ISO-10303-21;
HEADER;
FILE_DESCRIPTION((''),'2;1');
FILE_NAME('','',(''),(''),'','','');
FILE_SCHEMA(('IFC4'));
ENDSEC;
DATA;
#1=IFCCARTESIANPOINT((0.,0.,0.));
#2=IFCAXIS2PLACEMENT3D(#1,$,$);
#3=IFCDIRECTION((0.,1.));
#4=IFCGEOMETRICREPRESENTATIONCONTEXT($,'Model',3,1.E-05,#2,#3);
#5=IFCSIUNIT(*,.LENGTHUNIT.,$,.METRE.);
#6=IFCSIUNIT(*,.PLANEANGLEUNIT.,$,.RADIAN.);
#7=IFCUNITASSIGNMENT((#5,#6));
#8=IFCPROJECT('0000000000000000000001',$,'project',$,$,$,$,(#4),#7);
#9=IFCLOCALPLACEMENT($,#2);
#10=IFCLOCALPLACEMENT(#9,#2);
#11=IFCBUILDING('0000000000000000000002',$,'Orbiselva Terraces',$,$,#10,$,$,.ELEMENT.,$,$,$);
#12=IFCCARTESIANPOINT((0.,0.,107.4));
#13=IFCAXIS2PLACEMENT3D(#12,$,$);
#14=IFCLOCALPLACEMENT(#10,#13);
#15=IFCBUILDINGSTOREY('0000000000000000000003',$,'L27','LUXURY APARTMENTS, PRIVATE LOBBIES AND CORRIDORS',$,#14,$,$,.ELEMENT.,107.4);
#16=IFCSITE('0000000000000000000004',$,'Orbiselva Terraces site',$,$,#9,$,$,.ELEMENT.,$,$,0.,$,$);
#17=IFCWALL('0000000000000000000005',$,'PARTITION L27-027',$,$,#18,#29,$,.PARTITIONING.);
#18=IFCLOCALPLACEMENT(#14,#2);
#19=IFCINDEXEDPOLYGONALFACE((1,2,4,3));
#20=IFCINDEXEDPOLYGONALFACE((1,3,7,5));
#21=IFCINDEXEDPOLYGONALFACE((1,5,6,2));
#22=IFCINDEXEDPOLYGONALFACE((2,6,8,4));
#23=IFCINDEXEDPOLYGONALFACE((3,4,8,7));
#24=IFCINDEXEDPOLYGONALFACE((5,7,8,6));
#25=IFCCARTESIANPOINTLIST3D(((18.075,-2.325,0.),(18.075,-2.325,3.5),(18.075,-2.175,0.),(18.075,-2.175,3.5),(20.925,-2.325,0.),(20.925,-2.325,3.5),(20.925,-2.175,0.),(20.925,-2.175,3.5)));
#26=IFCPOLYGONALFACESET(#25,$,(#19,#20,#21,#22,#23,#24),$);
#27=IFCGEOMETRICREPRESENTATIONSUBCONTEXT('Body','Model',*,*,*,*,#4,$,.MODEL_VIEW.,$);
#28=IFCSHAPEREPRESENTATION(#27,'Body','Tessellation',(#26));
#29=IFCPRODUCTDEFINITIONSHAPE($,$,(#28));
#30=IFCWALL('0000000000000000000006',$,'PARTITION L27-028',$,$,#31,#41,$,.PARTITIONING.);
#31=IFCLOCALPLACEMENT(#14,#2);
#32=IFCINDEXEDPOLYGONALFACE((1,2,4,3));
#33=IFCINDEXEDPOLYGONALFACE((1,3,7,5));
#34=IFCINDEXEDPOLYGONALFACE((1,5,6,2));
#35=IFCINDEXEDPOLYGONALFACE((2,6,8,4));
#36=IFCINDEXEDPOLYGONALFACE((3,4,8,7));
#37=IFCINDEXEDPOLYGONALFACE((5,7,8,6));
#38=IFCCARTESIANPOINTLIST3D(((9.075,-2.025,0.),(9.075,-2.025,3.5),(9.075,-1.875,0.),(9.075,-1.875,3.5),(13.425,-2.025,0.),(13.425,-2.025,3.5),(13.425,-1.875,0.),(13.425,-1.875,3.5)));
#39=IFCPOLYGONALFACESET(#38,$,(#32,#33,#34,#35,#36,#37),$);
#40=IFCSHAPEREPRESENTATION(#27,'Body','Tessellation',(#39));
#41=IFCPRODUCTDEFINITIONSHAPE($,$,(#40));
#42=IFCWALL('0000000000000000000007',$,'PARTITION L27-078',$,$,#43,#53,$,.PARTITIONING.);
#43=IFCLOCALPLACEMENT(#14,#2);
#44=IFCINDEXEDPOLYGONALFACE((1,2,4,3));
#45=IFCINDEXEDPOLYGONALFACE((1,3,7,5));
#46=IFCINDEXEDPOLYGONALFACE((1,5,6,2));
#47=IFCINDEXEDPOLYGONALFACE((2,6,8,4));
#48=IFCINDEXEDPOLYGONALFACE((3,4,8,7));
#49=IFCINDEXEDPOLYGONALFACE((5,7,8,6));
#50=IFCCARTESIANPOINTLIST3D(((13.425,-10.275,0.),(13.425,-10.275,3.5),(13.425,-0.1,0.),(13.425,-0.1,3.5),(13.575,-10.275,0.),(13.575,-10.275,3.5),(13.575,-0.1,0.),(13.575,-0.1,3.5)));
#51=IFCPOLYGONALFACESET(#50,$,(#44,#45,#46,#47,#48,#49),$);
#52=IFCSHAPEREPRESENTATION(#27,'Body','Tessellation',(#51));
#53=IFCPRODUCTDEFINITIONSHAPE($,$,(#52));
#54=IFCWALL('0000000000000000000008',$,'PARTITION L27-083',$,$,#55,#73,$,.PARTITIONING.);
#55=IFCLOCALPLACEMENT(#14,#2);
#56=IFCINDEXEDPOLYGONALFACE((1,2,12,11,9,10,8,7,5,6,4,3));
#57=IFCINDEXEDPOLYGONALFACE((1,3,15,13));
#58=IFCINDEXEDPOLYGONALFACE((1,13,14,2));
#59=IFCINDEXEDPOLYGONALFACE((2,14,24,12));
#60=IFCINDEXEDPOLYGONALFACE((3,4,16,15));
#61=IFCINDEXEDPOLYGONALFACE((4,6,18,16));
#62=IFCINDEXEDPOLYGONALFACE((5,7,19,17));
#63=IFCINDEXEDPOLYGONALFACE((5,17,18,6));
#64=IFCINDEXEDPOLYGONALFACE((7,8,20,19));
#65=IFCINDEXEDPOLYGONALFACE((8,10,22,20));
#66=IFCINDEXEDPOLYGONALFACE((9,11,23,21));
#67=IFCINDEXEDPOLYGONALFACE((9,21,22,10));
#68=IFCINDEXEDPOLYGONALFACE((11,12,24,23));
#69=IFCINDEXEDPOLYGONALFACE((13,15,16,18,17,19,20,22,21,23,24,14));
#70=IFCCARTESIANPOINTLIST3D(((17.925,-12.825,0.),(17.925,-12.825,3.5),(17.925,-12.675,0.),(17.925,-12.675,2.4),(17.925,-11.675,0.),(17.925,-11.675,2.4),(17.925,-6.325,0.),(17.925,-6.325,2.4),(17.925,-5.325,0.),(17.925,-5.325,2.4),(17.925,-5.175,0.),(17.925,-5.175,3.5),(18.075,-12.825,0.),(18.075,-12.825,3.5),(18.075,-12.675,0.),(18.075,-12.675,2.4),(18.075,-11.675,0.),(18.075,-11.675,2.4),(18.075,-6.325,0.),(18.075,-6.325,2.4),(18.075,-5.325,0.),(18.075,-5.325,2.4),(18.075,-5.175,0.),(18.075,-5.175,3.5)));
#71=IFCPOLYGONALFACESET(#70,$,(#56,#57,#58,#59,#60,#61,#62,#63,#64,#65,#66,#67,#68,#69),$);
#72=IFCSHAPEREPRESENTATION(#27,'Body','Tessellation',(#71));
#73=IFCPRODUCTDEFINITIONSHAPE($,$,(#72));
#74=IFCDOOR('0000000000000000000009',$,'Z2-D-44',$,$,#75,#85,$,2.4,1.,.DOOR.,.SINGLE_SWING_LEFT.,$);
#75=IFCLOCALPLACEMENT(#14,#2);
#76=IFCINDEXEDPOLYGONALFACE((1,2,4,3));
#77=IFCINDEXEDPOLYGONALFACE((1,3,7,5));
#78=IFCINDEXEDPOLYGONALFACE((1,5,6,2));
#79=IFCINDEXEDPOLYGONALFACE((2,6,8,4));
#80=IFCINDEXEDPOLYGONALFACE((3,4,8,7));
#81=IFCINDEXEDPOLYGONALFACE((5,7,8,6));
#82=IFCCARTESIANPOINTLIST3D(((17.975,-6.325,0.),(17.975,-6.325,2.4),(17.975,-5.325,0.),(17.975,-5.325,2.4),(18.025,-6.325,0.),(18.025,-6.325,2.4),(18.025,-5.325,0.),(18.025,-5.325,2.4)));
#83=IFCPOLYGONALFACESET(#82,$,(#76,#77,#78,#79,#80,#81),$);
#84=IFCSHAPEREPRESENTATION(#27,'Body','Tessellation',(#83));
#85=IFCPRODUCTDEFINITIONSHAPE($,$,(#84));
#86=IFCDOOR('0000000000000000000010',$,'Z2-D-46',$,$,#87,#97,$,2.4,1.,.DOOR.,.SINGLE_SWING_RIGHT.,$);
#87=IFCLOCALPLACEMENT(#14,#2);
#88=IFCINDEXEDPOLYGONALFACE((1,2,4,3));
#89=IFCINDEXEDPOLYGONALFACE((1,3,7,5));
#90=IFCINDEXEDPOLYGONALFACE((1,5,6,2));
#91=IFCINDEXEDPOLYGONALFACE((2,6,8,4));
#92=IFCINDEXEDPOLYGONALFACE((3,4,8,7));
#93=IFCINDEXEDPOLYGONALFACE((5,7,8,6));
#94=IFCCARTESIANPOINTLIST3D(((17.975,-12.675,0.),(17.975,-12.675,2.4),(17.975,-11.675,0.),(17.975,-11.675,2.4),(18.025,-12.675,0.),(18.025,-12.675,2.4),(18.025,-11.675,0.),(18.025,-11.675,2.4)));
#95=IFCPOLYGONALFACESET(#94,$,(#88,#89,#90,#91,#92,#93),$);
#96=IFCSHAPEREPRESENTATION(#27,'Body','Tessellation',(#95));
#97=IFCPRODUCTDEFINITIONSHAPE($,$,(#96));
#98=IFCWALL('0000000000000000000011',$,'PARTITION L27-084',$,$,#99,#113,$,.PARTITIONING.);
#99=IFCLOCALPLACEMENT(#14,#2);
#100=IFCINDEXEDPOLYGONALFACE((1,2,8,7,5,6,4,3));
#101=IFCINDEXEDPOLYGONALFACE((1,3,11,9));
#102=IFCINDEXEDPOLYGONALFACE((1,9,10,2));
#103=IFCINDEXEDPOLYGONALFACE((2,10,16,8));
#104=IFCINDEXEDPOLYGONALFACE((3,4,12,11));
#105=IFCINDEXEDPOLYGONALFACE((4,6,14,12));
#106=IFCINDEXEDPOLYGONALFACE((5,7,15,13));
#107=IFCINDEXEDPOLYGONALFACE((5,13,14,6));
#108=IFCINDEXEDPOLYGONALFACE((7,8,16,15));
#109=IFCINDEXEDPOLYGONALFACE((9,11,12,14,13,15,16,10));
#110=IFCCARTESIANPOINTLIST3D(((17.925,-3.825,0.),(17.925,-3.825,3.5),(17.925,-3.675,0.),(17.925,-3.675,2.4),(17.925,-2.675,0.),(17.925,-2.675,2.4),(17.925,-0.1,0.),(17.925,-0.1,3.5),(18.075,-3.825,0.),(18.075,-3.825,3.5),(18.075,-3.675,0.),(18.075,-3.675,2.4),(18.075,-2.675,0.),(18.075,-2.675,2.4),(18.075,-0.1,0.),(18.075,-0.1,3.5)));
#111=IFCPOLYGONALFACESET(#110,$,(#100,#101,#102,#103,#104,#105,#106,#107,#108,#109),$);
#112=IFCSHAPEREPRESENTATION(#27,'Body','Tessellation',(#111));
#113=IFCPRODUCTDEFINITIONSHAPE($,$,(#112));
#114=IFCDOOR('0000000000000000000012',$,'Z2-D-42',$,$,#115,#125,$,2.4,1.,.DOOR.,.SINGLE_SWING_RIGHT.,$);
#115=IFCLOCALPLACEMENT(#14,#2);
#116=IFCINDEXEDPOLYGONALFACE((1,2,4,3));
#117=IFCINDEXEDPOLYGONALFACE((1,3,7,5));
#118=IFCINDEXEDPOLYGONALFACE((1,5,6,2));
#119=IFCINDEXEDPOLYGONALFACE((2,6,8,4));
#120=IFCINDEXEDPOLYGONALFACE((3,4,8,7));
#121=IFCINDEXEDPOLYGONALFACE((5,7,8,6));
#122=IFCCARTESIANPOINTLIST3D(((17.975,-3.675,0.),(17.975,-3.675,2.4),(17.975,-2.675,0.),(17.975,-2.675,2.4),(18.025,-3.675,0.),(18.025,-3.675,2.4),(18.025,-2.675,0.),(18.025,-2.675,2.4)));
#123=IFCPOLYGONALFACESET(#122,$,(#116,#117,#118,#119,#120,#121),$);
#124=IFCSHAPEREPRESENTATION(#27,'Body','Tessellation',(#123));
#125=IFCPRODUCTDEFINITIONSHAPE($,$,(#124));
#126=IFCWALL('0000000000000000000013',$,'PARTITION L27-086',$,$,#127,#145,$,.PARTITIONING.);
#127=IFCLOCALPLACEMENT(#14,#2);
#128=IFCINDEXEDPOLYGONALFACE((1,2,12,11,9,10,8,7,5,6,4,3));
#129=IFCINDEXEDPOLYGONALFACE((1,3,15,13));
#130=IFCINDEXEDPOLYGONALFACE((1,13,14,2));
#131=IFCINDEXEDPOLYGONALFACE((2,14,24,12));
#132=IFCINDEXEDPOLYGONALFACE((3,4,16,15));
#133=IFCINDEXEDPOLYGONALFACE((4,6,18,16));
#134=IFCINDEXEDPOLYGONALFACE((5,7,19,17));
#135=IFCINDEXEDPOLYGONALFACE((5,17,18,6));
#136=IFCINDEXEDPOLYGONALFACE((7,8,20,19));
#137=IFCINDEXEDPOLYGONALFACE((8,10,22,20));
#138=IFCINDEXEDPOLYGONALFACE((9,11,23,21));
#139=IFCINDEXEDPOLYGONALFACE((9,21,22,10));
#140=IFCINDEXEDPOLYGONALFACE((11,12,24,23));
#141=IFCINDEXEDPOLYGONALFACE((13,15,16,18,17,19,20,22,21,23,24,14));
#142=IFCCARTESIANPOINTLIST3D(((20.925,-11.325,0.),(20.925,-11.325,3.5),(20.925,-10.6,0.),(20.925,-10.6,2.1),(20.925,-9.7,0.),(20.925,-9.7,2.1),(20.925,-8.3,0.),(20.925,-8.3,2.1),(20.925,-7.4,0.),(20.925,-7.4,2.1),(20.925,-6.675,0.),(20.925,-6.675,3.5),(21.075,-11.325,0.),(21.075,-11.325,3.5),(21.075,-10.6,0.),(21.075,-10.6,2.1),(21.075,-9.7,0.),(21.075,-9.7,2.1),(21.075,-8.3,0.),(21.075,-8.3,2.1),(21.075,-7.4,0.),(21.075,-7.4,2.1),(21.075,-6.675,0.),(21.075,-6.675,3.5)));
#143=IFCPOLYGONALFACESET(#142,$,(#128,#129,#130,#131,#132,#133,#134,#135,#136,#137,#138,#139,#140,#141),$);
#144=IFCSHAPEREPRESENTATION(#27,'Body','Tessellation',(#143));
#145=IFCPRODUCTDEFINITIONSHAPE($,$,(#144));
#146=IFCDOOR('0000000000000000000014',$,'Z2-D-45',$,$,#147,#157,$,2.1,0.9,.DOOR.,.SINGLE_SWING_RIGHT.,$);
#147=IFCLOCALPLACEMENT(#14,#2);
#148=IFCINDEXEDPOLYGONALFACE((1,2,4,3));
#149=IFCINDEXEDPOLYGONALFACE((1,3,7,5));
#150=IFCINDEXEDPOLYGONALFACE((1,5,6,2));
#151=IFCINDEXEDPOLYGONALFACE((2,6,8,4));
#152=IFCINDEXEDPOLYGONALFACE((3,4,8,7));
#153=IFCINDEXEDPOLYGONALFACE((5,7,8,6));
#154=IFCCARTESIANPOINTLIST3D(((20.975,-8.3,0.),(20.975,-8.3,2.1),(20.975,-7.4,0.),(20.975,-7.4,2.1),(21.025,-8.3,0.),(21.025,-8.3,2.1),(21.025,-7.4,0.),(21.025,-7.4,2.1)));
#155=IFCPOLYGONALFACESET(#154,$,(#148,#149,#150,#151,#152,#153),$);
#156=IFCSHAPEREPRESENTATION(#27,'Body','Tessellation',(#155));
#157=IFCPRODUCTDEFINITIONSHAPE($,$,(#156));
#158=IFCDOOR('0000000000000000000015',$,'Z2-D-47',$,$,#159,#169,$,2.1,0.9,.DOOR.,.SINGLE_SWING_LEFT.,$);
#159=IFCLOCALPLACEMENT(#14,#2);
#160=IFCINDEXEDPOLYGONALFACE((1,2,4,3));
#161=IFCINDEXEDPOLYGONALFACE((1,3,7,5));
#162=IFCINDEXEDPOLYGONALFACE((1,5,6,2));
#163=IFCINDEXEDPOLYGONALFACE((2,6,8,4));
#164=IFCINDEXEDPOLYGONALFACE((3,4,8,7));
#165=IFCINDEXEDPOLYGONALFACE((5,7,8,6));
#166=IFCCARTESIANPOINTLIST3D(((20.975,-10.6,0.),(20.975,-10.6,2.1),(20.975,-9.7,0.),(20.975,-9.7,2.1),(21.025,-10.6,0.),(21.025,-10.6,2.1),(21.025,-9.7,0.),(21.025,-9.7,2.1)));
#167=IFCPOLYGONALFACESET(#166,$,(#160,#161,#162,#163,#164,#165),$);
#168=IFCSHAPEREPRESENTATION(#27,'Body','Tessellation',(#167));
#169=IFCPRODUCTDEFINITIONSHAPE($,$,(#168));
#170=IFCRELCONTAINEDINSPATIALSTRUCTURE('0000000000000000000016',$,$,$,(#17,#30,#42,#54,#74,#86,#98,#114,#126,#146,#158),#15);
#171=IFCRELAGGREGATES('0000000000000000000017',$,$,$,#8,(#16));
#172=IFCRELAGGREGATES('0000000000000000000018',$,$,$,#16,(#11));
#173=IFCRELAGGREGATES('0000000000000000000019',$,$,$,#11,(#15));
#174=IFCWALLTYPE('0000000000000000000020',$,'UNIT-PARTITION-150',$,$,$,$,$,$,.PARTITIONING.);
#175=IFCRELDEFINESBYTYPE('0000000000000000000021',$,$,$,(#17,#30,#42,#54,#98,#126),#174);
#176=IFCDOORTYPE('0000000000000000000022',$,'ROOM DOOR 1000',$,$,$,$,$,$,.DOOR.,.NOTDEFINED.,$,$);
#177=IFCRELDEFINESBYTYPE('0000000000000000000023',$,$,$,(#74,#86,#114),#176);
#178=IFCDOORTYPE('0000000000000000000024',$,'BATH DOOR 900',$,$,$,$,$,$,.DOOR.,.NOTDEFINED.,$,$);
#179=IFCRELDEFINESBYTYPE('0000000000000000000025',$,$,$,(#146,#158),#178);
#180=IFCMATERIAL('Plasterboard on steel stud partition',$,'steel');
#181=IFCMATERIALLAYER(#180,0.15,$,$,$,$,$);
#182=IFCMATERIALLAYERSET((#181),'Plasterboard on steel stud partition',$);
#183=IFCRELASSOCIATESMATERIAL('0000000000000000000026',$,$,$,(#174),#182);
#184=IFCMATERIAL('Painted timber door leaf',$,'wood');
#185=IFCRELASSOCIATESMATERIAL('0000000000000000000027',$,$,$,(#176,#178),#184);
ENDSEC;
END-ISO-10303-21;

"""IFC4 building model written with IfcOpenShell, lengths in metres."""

from ifc_helpers import new_model, si_unit, direction, frame, frame_2d, origin, place, context, subcontext, project, spatial, rectangle, extrude, material, layer, layer_set, type_object, element, fill, save


model = new_model("IFC4")

# Units and contexts
model_context = context("Model", 3, precision=1e-05, world=origin(), true_north=direction((0.0, 1.0)))
body_context = subcontext(model_context, "Body", "Model", "MODEL_VIEW")
ifc_project = project(units=[si_unit("LENGTHUNIT", "METRE"), si_unit("PLANEANGLEUNIT", "RADIAN")], contexts=[model_context])

# Site, building, storey
site_placement = place(None, origin())
site = spatial("IfcSite", under=ifc_project, at=site_placement, Name="Orbiselva Terraces site", CompositionType="ELEMENT", RefElevation=0.0)
building_placement = place(site_placement, origin())
building = spatial("IfcBuilding", under=site, at=building_placement, Name="Orbiselva Terraces", CompositionType="ELEMENT")
storey_placement = place(building_placement, frame((0.0, 0.0, 107.4)))
storey = spatial("IfcBuildingStorey", under=building, at=storey_placement, Name="L27", Description="LUXURY APARTMENTS, PRIVATE LOBBIES AND CORRIDORS", CompositionType="ELEMENT", Elevation=107.4)

# Walls
ifc_material_1 = material(Name="Plasterboard on steel stud partition", Category="steel")
ifc_layer_1 = layer(ifc_material_1, 0.15)
ifc_layer_set_1 = layer_set([ifc_layer_1], Name="Plasterboard on steel stud partition")
wall_type_1 = type_object("IfcWallType", Name="UNIT-PARTITION-150", PredefinedType="PARTITIONING", material=ifc_layer_set_1)
wall_1_placement = place(storey_placement, frame((18.075, -2.25, 0.0), z_axis=(0.0, 0.0, 1.0), x_axis=(1.0, 0.0, 0.0)))
element("IfcWall", 1, at=wall_1_placement, inside=storey, type_object=wall_type_1, Name="PARTITION L27-027", PredefinedType="PARTITIONING", context=body_context, shape_type="SweptSolid", body=[
    extrude(rectangle(XDim=2.85, YDim=0.15, at=frame_2d((1.425, 0.0))), origin(), (0.0, 0.0, 1.0), 3.5),
])
wall_2_placement = place(storey_placement, frame((9.075, -1.95, 0.0), z_axis=(0.0, 0.0, 1.0), x_axis=(1.0, 0.0, 0.0)))
element("IfcWall", 2, at=wall_2_placement, inside=storey, type_object=wall_type_1, Name="PARTITION L27-028", PredefinedType="PARTITIONING", context=body_context, shape_type="SweptSolid", body=[
    extrude(rectangle(XDim=4.35, YDim=0.15, at=frame_2d((2.175, 0.0))), origin(), (0.0, 0.0, 1.0), 3.5),
])
wall_3_placement = place(storey_placement, frame((13.5, -10.275, 0.0), z_axis=(0.0, 0.0, 1.0), x_axis=(0.0, 1.0, 0.0)))
element("IfcWall", 3, at=wall_3_placement, inside=storey, type_object=wall_type_1, Name="PARTITION L27-078", PredefinedType="PARTITIONING", context=body_context, shape_type="SweptSolid", body=[
    extrude(rectangle(XDim=10.175, YDim=0.15, at=frame_2d((5.0875, 0.0))), origin(), (0.0, 0.0, 1.0), 3.5),
])

# Wall, openings, doors
wall_4_placement = place(storey_placement, frame((18.0, -5.175, 0.0), z_axis=(0.0, 0.0, 1.0), x_axis=(0.0, -1.0, 0.0)))
wall_4 = element("IfcWall", 4, at=wall_4_placement, inside=storey, type_object=wall_type_1, Name="PARTITION L27-083", PredefinedType="PARTITIONING", context=body_context, shape_type="SweptSolid", body=[
    extrude(rectangle(XDim=7.65, YDim=0.15, at=frame_2d((3.825, 0.0))), origin(), (0.0, 0.0, 1.0), 3.5),
])
opening_1_placement = place(wall_4_placement, frame((0.15, 0.0, 0.0)))
opening_1 = element("IfcOpeningElement", 5, at=opening_1_placement, cuts=wall_4, PredefinedType="OPENING", context=body_context, shape_type="SweptSolid", body=[
    extrude(rectangle(XDim=1.0, YDim=2.4, at=frame_2d((0.5, 1.2))), frame((0.0, 0.085, 0.0), z_axis=(0.0, -1.0, 0.0), x_axis=(1.0, 0.0, 0.0)), (0.0, 0.0, 1.0), 0.17),
])
opening_2_placement = place(wall_4_placement, frame((6.5, 0.0, 0.0)))
opening_2 = element("IfcOpeningElement", 6, at=opening_2_placement, cuts=wall_4, PredefinedType="OPENING", context=body_context, shape_type="SweptSolid", body=[
    extrude(rectangle(XDim=1.0, YDim=2.4, at=frame_2d((0.5, 1.2))), frame((0.0, 0.085, 0.0), z_axis=(0.0, -1.0, 0.0), x_axis=(1.0, 0.0, 0.0)), (0.0, 0.0, 1.0), 0.17),
])
ifc_material_2 = material(Name="Painted timber door leaf", Category="wood")
door_type_1 = type_object("IfcDoorType", Name="ROOM DOOR 1000", OperationType="NOTDEFINED", PredefinedType="DOOR", material=ifc_material_2)
door_1_placement = place(opening_1_placement, origin())
door_1 = element("IfcDoor", 7, at=door_1_placement, inside=storey, type_object=door_type_1, Name="Z2-D-44", OperationType="SINGLE_SWING_LEFT", OverallHeight=2.4, OverallWidth=1.0, PredefinedType="DOOR", context=body_context, shape_type="SweptSolid", body=[
    extrude(rectangle(XDim=1.0, YDim=2.4, at=frame_2d((0.5, 1.2))), frame((0.0, 0.025, 0.0), z_axis=(0.0, -1.0, 0.0), x_axis=(1.0, 0.0, 0.0)), (0.0, 0.0, 1.0), 0.05),
])
fill(opening_1, door_1)
door_2_placement = place(opening_2_placement, origin())
door_2 = element("IfcDoor", 8, at=door_2_placement, inside=storey, type_object=door_type_1, Name="Z2-D-46", OperationType="SINGLE_SWING_RIGHT", OverallHeight=2.4, OverallWidth=1.0, PredefinedType="DOOR", context=body_context, shape_type="SweptSolid", body=[
    extrude(rectangle(XDim=1.0, YDim=2.4, at=frame_2d((0.5, 1.2))), frame((0.0, 0.025, 0.0), z_axis=(0.0, -1.0, 0.0), x_axis=(1.0, 0.0, 0.0)), (0.0, 0.0, 1.0), 0.05),
])
fill(opening_2, door_2)

# Wall, opening, door
wall_5_placement = place(storey_placement, frame((18.0, -0.1, 0.0), z_axis=(0.0, 0.0, 1.0), x_axis=(0.0, -1.0, 0.0)))
wall_5 = element("IfcWall", 9, at=wall_5_placement, inside=storey, type_object=wall_type_1, Name="PARTITION L27-084", PredefinedType="PARTITIONING", context=body_context, shape_type="SweptSolid", body=[
    extrude(rectangle(XDim=3.725, YDim=0.15, at=frame_2d((1.8625, 0.0))), origin(), (0.0, 0.0, 1.0), 3.5),
])
opening_3_placement = place(wall_5_placement, frame((2.575, 0.0, 0.0)))
opening_3 = element("IfcOpeningElement", 10, at=opening_3_placement, cuts=wall_5, PredefinedType="OPENING", context=body_context, shape_type="SweptSolid", body=[
    extrude(rectangle(XDim=1.0, YDim=2.4, at=frame_2d((0.5, 1.2))), frame((0.0, 0.085, 0.0), z_axis=(0.0, -1.0, 0.0), x_axis=(1.0, 0.0, 0.0)), (0.0, 0.0, 1.0), 0.17),
])
door_3_placement = place(opening_3_placement, origin())
door_3 = element("IfcDoor", 11, at=door_3_placement, inside=storey, type_object=door_type_1, Name="Z2-D-42", OperationType="SINGLE_SWING_RIGHT", OverallHeight=2.4, OverallWidth=1.0, PredefinedType="DOOR", context=body_context, shape_type="SweptSolid", body=[
    extrude(rectangle(XDim=1.0, YDim=2.4, at=frame_2d((0.5, 1.2))), frame((0.0, 0.025, 0.0), z_axis=(0.0, -1.0, 0.0), x_axis=(1.0, 0.0, 0.0)), (0.0, 0.0, 1.0), 0.05),
])
fill(opening_3, door_3)

# Wall, openings, doors
wall_6_placement = place(storey_placement, frame((21.0, -11.325, 0.0), z_axis=(0.0, 0.0, 1.0), x_axis=(0.0, 1.0, 0.0)))
wall_6 = element("IfcWall", 12, at=wall_6_placement, inside=storey, type_object=wall_type_1, Name="PARTITION L27-086", PredefinedType="PARTITIONING", context=body_context, shape_type="SweptSolid", body=[
    extrude(rectangle(XDim=4.65, YDim=0.15, at=frame_2d((2.325, 0.0))), origin(), (0.0, 0.0, 1.0), 3.5),
])
opening_4_placement = place(wall_6_placement, frame((3.025, 0.0, 0.0)))
opening_4 = element("IfcOpeningElement", 13, at=opening_4_placement, cuts=wall_6, PredefinedType="OPENING", context=body_context, shape_type="SweptSolid", body=[
    extrude(rectangle(XDim=0.9, YDim=2.1, at=frame_2d((0.45, 1.05))), frame((0.0, 0.085, 0.0), z_axis=(0.0, -1.0, 0.0), x_axis=(1.0, 0.0, 0.0)), (0.0, 0.0, 1.0), 0.17),
])
opening_5_placement = place(wall_6_placement, frame((0.725, 0.0, 0.0)))
opening_5 = element("IfcOpeningElement", 14, at=opening_5_placement, cuts=wall_6, PredefinedType="OPENING", context=body_context, shape_type="SweptSolid", body=[
    extrude(rectangle(XDim=0.9, YDim=2.1, at=frame_2d((0.45, 1.05))), frame((0.0, 0.085, 0.0), z_axis=(0.0, -1.0, 0.0), x_axis=(1.0, 0.0, 0.0)), (0.0, 0.0, 1.0), 0.17),
])
door_type_2 = type_object("IfcDoorType", Name="BATH DOOR 900", OperationType="NOTDEFINED", PredefinedType="DOOR", material=ifc_material_2)
door_4_placement = place(opening_4_placement, origin())
door_4 = element("IfcDoor", 15, at=door_4_placement, inside=storey, type_object=door_type_2, Name="Z2-D-45", OperationType="SINGLE_SWING_RIGHT", OverallHeight=2.1, OverallWidth=0.9, PredefinedType="DOOR", context=body_context, shape_type="SweptSolid", body=[
    extrude(rectangle(XDim=0.9, YDim=2.1, at=frame_2d((0.45, 1.05))), frame((0.0, 0.025, 0.0), z_axis=(0.0, -1.0, 0.0), x_axis=(1.0, 0.0, 0.0)), (0.0, 0.0, 1.0), 0.05),
])
fill(opening_4, door_4)
door_5_placement = place(opening_5_placement, origin())
door_5 = element("IfcDoor", 16, at=door_5_placement, inside=storey, type_object=door_type_2, Name="Z2-D-47", OperationType="SINGLE_SWING_LEFT", OverallHeight=2.1, OverallWidth=0.9, PredefinedType="DOOR", context=body_context, shape_type="SweptSolid", body=[
    extrude(rectangle(XDim=0.9, YDim=2.1, at=frame_2d((0.45, 1.05))), frame((0.0, 0.025, 0.0), z_axis=(0.0, -1.0, 0.0), x_axis=(1.0, 0.0, 0.0)), (0.0, 0.0, 1.0), 0.05),
])
fill(opening_5, door_5)

save(model, "model.ifc")
